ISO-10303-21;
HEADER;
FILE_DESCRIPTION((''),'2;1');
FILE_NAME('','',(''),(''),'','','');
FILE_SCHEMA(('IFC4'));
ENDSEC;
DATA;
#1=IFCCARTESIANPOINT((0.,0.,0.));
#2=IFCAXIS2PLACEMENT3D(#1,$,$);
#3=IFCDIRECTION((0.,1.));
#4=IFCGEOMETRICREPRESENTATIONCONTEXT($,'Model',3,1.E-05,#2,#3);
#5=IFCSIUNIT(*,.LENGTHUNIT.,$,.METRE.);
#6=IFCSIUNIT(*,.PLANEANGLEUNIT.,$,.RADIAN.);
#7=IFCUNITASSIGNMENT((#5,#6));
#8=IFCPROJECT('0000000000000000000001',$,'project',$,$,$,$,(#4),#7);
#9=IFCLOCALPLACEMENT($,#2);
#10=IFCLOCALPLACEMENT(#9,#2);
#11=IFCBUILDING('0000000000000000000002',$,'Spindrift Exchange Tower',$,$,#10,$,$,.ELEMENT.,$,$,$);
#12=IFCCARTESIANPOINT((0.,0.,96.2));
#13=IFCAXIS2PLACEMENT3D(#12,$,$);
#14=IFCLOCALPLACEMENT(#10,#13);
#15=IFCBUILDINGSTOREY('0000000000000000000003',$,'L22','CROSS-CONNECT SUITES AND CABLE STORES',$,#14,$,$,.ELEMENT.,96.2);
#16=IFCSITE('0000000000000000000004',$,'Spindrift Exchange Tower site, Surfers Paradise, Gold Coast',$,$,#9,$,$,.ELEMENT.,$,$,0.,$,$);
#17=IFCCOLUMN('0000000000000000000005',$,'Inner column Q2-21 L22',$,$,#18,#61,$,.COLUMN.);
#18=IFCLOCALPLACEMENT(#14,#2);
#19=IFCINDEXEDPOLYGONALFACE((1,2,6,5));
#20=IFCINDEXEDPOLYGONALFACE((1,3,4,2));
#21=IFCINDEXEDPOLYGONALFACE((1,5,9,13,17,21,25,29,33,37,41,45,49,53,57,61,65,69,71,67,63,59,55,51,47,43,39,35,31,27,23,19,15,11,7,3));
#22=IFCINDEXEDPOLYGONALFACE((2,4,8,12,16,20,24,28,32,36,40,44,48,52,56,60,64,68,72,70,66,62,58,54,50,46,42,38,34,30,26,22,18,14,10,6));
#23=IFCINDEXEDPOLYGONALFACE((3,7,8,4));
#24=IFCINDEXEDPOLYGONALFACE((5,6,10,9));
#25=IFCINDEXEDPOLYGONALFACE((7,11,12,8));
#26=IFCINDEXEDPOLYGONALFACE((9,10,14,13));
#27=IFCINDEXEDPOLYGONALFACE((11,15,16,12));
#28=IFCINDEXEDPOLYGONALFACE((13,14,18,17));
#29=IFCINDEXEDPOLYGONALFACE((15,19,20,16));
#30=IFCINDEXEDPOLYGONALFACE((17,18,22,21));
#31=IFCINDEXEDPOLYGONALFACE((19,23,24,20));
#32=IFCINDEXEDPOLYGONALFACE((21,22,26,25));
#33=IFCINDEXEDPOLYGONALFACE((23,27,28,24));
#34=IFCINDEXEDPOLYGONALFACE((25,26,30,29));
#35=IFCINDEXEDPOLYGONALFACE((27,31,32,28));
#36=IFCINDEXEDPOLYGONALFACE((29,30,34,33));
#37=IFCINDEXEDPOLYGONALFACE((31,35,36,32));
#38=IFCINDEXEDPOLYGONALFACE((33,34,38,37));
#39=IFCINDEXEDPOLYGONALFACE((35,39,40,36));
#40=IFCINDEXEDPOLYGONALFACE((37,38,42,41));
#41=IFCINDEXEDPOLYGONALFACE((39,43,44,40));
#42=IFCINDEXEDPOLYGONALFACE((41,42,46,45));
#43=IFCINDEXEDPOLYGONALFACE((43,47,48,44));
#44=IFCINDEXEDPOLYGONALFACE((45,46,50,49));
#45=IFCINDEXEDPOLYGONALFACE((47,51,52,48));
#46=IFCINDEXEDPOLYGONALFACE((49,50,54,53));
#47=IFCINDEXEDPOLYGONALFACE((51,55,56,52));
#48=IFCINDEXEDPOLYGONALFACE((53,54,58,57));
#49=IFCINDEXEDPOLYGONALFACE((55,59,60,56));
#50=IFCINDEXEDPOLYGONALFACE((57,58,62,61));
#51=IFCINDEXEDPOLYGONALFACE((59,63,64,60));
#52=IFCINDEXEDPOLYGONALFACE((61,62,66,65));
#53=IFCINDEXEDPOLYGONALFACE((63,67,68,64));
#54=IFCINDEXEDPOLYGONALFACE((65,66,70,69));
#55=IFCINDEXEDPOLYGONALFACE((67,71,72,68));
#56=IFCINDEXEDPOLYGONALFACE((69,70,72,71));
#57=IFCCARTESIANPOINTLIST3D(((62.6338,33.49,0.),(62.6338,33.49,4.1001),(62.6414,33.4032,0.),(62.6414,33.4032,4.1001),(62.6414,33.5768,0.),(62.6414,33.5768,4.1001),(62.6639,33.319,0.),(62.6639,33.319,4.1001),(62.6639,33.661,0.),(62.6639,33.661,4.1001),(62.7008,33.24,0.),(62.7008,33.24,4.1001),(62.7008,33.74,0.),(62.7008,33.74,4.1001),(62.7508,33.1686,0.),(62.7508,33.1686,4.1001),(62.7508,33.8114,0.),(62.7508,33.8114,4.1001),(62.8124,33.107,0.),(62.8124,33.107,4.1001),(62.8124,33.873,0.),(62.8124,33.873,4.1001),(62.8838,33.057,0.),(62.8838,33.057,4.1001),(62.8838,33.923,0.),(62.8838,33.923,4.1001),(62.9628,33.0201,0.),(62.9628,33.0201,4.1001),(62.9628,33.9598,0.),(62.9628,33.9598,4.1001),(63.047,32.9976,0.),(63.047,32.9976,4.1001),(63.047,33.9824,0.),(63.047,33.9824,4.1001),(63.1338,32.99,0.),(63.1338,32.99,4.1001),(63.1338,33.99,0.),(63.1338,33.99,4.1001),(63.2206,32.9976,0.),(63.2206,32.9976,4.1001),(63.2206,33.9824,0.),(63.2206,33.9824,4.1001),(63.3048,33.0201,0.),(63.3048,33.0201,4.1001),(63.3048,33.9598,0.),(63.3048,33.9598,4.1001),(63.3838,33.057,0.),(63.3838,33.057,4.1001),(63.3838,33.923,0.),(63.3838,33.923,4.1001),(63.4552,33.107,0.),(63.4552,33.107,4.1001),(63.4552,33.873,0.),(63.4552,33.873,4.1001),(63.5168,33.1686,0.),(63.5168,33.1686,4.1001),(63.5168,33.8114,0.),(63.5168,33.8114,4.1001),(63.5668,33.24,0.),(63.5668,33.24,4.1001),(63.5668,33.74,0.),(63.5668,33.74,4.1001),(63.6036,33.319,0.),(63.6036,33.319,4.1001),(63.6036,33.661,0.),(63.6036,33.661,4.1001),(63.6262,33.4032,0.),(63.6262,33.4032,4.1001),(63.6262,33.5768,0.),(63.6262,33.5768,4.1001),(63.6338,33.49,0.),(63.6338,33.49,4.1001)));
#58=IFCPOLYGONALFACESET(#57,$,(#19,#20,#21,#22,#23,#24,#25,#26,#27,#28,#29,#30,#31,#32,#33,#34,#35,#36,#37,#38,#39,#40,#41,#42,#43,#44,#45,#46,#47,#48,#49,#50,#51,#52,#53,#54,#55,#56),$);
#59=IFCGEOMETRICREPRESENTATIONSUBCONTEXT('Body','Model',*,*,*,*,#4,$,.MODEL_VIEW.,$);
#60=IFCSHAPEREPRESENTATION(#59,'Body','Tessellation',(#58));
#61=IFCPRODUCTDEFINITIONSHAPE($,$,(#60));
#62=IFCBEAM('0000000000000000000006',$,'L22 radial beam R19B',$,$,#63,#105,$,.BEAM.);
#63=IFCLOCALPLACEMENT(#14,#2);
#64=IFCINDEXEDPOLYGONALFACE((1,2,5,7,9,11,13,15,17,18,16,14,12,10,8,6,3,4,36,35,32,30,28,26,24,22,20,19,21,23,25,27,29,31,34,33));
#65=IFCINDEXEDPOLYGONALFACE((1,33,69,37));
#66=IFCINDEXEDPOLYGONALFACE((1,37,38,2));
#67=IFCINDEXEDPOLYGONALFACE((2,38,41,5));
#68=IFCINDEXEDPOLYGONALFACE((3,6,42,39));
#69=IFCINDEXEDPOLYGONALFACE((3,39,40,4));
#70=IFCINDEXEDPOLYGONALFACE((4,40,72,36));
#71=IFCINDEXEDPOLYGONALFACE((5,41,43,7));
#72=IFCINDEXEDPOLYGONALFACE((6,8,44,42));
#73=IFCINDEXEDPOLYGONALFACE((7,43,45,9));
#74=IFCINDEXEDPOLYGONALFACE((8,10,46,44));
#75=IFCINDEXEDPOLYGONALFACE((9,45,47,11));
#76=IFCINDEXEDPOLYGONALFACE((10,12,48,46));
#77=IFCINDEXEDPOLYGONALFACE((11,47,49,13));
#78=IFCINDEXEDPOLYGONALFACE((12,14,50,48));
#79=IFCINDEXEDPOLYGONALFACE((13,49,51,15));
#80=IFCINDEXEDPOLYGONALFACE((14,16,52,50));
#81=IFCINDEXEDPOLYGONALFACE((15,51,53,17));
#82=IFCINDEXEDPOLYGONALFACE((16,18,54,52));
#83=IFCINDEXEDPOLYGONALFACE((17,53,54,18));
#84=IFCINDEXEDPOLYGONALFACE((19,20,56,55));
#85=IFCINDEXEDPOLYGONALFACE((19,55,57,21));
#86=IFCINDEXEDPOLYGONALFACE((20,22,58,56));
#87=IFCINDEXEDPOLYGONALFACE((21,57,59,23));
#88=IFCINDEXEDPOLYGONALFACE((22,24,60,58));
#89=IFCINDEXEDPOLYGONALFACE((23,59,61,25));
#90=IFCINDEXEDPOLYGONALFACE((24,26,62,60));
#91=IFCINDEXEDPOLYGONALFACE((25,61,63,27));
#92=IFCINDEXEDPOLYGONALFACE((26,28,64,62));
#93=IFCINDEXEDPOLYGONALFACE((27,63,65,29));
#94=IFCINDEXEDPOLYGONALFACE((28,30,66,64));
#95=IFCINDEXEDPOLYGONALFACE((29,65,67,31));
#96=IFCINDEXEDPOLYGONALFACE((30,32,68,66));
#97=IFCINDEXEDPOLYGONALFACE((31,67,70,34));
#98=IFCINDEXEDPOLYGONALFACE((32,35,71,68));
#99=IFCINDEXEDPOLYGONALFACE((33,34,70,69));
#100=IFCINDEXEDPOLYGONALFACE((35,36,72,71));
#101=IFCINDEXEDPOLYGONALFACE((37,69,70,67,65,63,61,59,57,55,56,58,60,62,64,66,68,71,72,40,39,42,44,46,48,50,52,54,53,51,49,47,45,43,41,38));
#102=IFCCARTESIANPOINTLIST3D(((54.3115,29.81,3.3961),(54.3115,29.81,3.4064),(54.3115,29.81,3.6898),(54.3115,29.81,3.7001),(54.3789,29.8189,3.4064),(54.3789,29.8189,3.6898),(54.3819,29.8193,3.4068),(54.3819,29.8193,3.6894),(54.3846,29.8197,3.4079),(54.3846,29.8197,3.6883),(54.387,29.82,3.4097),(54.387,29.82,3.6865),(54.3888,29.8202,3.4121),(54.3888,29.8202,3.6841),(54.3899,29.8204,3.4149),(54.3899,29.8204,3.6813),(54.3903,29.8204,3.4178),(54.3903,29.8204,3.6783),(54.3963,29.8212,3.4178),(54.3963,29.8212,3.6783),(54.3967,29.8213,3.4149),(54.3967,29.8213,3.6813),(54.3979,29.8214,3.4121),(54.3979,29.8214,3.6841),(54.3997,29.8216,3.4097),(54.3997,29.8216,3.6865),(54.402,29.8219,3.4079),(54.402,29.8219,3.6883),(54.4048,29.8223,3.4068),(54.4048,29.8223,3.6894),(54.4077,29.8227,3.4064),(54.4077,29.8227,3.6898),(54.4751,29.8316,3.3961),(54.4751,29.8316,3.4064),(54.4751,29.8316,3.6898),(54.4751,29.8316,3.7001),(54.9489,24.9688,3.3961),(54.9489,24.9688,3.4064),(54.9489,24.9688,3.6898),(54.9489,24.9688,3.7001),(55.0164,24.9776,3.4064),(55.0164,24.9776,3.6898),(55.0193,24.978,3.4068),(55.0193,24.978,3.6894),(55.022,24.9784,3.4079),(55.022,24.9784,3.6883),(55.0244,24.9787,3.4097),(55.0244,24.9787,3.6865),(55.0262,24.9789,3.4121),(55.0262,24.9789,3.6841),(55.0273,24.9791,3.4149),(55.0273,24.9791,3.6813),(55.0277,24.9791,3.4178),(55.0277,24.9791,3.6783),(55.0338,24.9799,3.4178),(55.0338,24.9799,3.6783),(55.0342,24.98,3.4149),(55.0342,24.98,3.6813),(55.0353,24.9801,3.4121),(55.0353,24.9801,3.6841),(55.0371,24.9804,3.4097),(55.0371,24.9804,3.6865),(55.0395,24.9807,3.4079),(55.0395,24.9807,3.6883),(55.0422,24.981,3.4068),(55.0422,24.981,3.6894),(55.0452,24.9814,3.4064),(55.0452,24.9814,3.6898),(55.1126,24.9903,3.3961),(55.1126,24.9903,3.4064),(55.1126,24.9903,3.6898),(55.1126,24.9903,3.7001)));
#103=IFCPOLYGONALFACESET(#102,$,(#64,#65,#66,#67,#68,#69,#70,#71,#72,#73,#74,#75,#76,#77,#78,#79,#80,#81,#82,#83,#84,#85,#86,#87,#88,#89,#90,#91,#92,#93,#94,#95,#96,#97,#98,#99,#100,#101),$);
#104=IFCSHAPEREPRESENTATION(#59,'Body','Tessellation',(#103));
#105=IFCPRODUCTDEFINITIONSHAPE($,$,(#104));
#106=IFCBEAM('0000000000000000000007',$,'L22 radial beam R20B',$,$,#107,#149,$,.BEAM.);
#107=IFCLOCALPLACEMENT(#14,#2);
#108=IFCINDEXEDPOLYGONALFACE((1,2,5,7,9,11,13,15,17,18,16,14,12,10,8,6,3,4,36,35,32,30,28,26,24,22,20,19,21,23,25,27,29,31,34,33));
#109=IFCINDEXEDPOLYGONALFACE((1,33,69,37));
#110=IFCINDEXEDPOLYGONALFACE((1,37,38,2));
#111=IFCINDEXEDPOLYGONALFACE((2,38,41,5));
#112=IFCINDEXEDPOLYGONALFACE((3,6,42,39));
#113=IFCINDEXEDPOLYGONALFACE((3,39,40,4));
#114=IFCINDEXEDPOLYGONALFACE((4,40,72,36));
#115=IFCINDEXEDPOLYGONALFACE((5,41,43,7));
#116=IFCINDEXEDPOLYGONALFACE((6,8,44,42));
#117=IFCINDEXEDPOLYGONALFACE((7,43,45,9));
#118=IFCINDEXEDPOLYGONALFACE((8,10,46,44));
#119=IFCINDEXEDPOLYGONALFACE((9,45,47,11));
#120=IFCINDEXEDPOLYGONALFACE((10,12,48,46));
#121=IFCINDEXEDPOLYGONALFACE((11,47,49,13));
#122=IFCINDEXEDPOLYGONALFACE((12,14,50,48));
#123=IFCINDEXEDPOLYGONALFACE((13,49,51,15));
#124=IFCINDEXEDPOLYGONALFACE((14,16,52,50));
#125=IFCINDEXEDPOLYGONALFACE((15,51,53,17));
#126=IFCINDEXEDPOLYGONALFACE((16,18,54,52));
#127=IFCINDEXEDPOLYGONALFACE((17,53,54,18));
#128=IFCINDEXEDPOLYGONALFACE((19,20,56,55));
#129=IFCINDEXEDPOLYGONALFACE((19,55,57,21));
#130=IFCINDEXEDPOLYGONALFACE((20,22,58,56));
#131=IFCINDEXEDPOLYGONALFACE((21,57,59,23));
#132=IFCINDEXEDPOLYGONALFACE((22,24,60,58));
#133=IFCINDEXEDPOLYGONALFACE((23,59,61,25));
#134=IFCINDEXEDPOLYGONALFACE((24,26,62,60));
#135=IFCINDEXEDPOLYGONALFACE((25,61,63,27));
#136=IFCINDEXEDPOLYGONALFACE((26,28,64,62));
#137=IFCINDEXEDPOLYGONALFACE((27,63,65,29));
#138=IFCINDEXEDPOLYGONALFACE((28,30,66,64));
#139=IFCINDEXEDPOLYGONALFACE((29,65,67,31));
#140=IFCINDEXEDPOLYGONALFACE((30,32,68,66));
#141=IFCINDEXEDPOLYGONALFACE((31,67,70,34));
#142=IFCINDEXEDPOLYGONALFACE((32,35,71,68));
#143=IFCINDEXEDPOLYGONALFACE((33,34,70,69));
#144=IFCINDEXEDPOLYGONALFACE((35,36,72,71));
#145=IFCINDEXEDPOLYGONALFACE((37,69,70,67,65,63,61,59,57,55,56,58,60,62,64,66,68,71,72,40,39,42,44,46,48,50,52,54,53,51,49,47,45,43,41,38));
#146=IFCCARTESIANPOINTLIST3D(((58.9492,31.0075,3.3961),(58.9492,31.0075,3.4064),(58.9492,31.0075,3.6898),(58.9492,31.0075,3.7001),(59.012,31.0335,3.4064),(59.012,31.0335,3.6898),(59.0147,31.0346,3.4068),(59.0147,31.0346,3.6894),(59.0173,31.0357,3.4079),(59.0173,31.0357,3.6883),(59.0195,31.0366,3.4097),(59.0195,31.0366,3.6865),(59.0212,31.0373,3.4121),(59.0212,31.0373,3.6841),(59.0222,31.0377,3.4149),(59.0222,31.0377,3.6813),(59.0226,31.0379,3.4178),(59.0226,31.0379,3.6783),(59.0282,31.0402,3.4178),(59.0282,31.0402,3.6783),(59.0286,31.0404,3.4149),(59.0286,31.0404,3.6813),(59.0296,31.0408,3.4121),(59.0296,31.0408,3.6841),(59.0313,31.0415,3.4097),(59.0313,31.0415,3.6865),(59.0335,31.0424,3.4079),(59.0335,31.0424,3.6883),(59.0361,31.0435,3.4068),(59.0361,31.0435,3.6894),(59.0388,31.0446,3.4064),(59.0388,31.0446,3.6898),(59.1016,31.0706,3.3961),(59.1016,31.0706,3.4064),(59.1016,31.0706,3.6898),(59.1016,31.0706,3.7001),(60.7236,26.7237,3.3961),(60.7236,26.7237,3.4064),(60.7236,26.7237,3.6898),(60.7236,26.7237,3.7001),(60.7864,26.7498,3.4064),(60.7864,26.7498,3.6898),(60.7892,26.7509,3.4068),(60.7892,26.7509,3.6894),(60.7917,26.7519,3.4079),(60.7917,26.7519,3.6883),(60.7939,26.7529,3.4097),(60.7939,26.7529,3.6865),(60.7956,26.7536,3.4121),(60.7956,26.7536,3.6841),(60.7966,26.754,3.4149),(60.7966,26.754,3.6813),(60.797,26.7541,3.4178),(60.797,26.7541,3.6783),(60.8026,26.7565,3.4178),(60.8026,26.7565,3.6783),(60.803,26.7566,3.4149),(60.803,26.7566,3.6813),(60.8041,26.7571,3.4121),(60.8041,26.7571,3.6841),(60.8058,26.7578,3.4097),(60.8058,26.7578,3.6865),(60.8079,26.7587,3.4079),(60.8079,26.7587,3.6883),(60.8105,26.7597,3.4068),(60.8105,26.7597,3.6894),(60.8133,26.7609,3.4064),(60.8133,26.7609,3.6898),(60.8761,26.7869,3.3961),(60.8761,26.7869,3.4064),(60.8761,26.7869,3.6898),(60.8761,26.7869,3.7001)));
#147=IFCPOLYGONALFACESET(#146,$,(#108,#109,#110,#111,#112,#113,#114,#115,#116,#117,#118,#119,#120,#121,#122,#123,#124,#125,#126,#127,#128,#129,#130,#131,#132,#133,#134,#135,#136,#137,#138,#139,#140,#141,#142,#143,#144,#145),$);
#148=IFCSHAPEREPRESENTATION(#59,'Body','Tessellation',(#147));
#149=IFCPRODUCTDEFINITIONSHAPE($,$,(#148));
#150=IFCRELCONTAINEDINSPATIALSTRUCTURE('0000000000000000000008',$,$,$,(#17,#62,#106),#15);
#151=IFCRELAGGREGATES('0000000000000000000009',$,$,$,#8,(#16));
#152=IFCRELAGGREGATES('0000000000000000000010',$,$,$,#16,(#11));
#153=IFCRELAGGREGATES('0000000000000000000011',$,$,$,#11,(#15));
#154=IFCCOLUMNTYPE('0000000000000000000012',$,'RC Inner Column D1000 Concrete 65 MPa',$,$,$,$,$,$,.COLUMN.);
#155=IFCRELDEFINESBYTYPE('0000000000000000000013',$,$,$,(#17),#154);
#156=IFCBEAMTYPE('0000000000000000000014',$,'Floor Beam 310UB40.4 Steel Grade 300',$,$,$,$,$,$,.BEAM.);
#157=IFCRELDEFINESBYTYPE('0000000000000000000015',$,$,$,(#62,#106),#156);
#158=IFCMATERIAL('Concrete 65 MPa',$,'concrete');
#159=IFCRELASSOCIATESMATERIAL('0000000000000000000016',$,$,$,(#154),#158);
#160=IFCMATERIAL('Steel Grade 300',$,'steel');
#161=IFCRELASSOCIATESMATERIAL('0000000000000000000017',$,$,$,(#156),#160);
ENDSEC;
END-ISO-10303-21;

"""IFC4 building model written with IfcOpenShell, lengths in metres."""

from ifc_helpers import new_model, si_unit, direction, frame, origin, origin_2d, place, context, subcontext, project, spatial, circle, i_section, extrude, source, transform, mapped, material, material_profile, profile_set, type_object, element, save


model = new_model("IFC4")

# Units and contexts
model_context = context("Model", 3, precision=1e-05, world=origin(), true_north=direction((0.0, 1.0)))
body_context = subcontext(model_context, "Body", "Model", "MODEL_VIEW")
ifc_project = project(units=[si_unit("LENGTHUNIT", "METRE"), si_unit("PLANEANGLEUNIT", "RADIAN")], contexts=[model_context])

# Site, building, storey
site_placement = place(None, origin())
site = spatial("IfcSite", under=ifc_project, at=site_placement, Name="Spindrift Exchange Tower site, Surfers Paradise, Gold Coast", CompositionType="ELEMENT", RefElevation=0.0)
building_placement = place(site_placement, origin())
building = spatial("IfcBuilding", under=site, at=building_placement, Name="Spindrift Exchange Tower", CompositionType="ELEMENT")
storey_placement = place(building_placement, frame((0.0, 0.0, 96.2)))
storey = spatial("IfcBuildingStorey", under=building, at=storey_placement, Name="L22", Description="CROSS-CONNECT SUITES AND CABLE STORES", CompositionType="ELEMENT", Elevation=96.2)

# Column
ifc_material_1 = material(Name="Concrete 65 MPa", Category="concrete")
ifc_material_profile_1 = material_profile(ifc_material_1, circle(Radius=0.5, at=origin_2d()), Name="RC D1000")
ifc_profile_set_1 = profile_set([ifc_material_profile_1], Name="Concrete 65 MPa")
column_type_1 = type_object("IfcColumnType", Name="RC Inner Column D1000 Concrete 65 MPa", PredefinedType="COLUMN", material=ifc_profile_set_1)
shared_shape_1 = source(origin(), body_context, "Body", "SweptSolid", [
    extrude(circle(Radius=0.5, at=origin_2d()), origin(), (0.0, 0.0, 1.0), 4.1001),
])
for number, where, z_axis, x_axis, name in (
    (1, (63.1338, 33.49, 0.0), (0.0, 0.0, 1.0), (1.0, 0.0, 0.0), "Inner column Q2-21 L22"),
):
    element("IfcColumn", number, at=place(storey_placement, frame(where, z_axis=z_axis, x_axis=x_axis)), inside=storey, type_object=column_type_1, Name=name, PredefinedType="COLUMN", context=body_context, shape_type="MappedRepresentation", body=[
        mapped(shared_shape_1, transform((0.0, 0.0, 0.0), scale=1.0)),
    ])

# Beams
ifc_material_2 = material(Name="Steel Grade 300", Category="steel")
ifc_material_profile_2 = material_profile(ifc_material_2, i_section(OverallWidth=0.165, OverallDepth=0.304, WebThickness=0.0061, FlangeThickness=0.0103, FilletRadius=0.0115, at=origin_2d()), Name="310UB40.4")
ifc_profile_set_2 = profile_set([ifc_material_profile_2], Name="Steel Grade 300")
beam_type_1 = type_object("IfcBeamType", Name="Floor Beam 310UB40.4 Steel Grade 300", PredefinedType="BEAM", material=ifc_profile_set_2)
shared_shape_2 = source(origin(), body_context, "Body", "SweptSolid", [
    extrude(i_section(OverallWidth=0.165, OverallDepth=0.304, WebThickness=0.0061, FlangeThickness=0.0103, FilletRadius=0.0115, at=origin_2d()), origin(), (0.0, 0.0, 1.0), 4.8831),
])
beam_1_placement = place(storey_placement, frame((54.3933, 29.8208, 3.5481), z_axis=(0.130542, -0.991443, 0.0), x_axis=(0.991443, 0.130542, 0.0)))
element("IfcBeam", 2, at=beam_1_placement, inside=storey, type_object=beam_type_1, Name="L22 radial beam R19B", PredefinedType="BEAM", context=body_context, shape_type="MappedRepresentation", body=[
    mapped(shared_shape_2, transform((0.0, 0.0, 0.0), scale=1.0)),
])
shared_shape_3 = source(origin(), body_context, "Body", "SweptSolid", [
    extrude(i_section(OverallWidth=0.165, OverallDepth=0.304, WebThickness=0.0061, FlangeThickness=0.0103, FilletRadius=0.0115, at=origin_2d()), origin(), (0.0, 0.0, 1.0), 4.6367),
])
beam_2_placement = place(storey_placement, frame((59.0254, 31.0391, 3.5481), z_axis=(0.382693, -0.923876, 0.0), x_axis=(0.923876, 0.382693, 0.0)))
element("IfcBeam", 3, at=beam_2_placement, inside=storey, type_object=beam_type_1, Name="L22 radial beam R20B", PredefinedType="BEAM", context=body_context, shape_type="MappedRepresentation", body=[
    mapped(shared_shape_3, transform((0.0, 0.0, 0.0), scale=1.0)),
])

save(model, "model.ifc")
